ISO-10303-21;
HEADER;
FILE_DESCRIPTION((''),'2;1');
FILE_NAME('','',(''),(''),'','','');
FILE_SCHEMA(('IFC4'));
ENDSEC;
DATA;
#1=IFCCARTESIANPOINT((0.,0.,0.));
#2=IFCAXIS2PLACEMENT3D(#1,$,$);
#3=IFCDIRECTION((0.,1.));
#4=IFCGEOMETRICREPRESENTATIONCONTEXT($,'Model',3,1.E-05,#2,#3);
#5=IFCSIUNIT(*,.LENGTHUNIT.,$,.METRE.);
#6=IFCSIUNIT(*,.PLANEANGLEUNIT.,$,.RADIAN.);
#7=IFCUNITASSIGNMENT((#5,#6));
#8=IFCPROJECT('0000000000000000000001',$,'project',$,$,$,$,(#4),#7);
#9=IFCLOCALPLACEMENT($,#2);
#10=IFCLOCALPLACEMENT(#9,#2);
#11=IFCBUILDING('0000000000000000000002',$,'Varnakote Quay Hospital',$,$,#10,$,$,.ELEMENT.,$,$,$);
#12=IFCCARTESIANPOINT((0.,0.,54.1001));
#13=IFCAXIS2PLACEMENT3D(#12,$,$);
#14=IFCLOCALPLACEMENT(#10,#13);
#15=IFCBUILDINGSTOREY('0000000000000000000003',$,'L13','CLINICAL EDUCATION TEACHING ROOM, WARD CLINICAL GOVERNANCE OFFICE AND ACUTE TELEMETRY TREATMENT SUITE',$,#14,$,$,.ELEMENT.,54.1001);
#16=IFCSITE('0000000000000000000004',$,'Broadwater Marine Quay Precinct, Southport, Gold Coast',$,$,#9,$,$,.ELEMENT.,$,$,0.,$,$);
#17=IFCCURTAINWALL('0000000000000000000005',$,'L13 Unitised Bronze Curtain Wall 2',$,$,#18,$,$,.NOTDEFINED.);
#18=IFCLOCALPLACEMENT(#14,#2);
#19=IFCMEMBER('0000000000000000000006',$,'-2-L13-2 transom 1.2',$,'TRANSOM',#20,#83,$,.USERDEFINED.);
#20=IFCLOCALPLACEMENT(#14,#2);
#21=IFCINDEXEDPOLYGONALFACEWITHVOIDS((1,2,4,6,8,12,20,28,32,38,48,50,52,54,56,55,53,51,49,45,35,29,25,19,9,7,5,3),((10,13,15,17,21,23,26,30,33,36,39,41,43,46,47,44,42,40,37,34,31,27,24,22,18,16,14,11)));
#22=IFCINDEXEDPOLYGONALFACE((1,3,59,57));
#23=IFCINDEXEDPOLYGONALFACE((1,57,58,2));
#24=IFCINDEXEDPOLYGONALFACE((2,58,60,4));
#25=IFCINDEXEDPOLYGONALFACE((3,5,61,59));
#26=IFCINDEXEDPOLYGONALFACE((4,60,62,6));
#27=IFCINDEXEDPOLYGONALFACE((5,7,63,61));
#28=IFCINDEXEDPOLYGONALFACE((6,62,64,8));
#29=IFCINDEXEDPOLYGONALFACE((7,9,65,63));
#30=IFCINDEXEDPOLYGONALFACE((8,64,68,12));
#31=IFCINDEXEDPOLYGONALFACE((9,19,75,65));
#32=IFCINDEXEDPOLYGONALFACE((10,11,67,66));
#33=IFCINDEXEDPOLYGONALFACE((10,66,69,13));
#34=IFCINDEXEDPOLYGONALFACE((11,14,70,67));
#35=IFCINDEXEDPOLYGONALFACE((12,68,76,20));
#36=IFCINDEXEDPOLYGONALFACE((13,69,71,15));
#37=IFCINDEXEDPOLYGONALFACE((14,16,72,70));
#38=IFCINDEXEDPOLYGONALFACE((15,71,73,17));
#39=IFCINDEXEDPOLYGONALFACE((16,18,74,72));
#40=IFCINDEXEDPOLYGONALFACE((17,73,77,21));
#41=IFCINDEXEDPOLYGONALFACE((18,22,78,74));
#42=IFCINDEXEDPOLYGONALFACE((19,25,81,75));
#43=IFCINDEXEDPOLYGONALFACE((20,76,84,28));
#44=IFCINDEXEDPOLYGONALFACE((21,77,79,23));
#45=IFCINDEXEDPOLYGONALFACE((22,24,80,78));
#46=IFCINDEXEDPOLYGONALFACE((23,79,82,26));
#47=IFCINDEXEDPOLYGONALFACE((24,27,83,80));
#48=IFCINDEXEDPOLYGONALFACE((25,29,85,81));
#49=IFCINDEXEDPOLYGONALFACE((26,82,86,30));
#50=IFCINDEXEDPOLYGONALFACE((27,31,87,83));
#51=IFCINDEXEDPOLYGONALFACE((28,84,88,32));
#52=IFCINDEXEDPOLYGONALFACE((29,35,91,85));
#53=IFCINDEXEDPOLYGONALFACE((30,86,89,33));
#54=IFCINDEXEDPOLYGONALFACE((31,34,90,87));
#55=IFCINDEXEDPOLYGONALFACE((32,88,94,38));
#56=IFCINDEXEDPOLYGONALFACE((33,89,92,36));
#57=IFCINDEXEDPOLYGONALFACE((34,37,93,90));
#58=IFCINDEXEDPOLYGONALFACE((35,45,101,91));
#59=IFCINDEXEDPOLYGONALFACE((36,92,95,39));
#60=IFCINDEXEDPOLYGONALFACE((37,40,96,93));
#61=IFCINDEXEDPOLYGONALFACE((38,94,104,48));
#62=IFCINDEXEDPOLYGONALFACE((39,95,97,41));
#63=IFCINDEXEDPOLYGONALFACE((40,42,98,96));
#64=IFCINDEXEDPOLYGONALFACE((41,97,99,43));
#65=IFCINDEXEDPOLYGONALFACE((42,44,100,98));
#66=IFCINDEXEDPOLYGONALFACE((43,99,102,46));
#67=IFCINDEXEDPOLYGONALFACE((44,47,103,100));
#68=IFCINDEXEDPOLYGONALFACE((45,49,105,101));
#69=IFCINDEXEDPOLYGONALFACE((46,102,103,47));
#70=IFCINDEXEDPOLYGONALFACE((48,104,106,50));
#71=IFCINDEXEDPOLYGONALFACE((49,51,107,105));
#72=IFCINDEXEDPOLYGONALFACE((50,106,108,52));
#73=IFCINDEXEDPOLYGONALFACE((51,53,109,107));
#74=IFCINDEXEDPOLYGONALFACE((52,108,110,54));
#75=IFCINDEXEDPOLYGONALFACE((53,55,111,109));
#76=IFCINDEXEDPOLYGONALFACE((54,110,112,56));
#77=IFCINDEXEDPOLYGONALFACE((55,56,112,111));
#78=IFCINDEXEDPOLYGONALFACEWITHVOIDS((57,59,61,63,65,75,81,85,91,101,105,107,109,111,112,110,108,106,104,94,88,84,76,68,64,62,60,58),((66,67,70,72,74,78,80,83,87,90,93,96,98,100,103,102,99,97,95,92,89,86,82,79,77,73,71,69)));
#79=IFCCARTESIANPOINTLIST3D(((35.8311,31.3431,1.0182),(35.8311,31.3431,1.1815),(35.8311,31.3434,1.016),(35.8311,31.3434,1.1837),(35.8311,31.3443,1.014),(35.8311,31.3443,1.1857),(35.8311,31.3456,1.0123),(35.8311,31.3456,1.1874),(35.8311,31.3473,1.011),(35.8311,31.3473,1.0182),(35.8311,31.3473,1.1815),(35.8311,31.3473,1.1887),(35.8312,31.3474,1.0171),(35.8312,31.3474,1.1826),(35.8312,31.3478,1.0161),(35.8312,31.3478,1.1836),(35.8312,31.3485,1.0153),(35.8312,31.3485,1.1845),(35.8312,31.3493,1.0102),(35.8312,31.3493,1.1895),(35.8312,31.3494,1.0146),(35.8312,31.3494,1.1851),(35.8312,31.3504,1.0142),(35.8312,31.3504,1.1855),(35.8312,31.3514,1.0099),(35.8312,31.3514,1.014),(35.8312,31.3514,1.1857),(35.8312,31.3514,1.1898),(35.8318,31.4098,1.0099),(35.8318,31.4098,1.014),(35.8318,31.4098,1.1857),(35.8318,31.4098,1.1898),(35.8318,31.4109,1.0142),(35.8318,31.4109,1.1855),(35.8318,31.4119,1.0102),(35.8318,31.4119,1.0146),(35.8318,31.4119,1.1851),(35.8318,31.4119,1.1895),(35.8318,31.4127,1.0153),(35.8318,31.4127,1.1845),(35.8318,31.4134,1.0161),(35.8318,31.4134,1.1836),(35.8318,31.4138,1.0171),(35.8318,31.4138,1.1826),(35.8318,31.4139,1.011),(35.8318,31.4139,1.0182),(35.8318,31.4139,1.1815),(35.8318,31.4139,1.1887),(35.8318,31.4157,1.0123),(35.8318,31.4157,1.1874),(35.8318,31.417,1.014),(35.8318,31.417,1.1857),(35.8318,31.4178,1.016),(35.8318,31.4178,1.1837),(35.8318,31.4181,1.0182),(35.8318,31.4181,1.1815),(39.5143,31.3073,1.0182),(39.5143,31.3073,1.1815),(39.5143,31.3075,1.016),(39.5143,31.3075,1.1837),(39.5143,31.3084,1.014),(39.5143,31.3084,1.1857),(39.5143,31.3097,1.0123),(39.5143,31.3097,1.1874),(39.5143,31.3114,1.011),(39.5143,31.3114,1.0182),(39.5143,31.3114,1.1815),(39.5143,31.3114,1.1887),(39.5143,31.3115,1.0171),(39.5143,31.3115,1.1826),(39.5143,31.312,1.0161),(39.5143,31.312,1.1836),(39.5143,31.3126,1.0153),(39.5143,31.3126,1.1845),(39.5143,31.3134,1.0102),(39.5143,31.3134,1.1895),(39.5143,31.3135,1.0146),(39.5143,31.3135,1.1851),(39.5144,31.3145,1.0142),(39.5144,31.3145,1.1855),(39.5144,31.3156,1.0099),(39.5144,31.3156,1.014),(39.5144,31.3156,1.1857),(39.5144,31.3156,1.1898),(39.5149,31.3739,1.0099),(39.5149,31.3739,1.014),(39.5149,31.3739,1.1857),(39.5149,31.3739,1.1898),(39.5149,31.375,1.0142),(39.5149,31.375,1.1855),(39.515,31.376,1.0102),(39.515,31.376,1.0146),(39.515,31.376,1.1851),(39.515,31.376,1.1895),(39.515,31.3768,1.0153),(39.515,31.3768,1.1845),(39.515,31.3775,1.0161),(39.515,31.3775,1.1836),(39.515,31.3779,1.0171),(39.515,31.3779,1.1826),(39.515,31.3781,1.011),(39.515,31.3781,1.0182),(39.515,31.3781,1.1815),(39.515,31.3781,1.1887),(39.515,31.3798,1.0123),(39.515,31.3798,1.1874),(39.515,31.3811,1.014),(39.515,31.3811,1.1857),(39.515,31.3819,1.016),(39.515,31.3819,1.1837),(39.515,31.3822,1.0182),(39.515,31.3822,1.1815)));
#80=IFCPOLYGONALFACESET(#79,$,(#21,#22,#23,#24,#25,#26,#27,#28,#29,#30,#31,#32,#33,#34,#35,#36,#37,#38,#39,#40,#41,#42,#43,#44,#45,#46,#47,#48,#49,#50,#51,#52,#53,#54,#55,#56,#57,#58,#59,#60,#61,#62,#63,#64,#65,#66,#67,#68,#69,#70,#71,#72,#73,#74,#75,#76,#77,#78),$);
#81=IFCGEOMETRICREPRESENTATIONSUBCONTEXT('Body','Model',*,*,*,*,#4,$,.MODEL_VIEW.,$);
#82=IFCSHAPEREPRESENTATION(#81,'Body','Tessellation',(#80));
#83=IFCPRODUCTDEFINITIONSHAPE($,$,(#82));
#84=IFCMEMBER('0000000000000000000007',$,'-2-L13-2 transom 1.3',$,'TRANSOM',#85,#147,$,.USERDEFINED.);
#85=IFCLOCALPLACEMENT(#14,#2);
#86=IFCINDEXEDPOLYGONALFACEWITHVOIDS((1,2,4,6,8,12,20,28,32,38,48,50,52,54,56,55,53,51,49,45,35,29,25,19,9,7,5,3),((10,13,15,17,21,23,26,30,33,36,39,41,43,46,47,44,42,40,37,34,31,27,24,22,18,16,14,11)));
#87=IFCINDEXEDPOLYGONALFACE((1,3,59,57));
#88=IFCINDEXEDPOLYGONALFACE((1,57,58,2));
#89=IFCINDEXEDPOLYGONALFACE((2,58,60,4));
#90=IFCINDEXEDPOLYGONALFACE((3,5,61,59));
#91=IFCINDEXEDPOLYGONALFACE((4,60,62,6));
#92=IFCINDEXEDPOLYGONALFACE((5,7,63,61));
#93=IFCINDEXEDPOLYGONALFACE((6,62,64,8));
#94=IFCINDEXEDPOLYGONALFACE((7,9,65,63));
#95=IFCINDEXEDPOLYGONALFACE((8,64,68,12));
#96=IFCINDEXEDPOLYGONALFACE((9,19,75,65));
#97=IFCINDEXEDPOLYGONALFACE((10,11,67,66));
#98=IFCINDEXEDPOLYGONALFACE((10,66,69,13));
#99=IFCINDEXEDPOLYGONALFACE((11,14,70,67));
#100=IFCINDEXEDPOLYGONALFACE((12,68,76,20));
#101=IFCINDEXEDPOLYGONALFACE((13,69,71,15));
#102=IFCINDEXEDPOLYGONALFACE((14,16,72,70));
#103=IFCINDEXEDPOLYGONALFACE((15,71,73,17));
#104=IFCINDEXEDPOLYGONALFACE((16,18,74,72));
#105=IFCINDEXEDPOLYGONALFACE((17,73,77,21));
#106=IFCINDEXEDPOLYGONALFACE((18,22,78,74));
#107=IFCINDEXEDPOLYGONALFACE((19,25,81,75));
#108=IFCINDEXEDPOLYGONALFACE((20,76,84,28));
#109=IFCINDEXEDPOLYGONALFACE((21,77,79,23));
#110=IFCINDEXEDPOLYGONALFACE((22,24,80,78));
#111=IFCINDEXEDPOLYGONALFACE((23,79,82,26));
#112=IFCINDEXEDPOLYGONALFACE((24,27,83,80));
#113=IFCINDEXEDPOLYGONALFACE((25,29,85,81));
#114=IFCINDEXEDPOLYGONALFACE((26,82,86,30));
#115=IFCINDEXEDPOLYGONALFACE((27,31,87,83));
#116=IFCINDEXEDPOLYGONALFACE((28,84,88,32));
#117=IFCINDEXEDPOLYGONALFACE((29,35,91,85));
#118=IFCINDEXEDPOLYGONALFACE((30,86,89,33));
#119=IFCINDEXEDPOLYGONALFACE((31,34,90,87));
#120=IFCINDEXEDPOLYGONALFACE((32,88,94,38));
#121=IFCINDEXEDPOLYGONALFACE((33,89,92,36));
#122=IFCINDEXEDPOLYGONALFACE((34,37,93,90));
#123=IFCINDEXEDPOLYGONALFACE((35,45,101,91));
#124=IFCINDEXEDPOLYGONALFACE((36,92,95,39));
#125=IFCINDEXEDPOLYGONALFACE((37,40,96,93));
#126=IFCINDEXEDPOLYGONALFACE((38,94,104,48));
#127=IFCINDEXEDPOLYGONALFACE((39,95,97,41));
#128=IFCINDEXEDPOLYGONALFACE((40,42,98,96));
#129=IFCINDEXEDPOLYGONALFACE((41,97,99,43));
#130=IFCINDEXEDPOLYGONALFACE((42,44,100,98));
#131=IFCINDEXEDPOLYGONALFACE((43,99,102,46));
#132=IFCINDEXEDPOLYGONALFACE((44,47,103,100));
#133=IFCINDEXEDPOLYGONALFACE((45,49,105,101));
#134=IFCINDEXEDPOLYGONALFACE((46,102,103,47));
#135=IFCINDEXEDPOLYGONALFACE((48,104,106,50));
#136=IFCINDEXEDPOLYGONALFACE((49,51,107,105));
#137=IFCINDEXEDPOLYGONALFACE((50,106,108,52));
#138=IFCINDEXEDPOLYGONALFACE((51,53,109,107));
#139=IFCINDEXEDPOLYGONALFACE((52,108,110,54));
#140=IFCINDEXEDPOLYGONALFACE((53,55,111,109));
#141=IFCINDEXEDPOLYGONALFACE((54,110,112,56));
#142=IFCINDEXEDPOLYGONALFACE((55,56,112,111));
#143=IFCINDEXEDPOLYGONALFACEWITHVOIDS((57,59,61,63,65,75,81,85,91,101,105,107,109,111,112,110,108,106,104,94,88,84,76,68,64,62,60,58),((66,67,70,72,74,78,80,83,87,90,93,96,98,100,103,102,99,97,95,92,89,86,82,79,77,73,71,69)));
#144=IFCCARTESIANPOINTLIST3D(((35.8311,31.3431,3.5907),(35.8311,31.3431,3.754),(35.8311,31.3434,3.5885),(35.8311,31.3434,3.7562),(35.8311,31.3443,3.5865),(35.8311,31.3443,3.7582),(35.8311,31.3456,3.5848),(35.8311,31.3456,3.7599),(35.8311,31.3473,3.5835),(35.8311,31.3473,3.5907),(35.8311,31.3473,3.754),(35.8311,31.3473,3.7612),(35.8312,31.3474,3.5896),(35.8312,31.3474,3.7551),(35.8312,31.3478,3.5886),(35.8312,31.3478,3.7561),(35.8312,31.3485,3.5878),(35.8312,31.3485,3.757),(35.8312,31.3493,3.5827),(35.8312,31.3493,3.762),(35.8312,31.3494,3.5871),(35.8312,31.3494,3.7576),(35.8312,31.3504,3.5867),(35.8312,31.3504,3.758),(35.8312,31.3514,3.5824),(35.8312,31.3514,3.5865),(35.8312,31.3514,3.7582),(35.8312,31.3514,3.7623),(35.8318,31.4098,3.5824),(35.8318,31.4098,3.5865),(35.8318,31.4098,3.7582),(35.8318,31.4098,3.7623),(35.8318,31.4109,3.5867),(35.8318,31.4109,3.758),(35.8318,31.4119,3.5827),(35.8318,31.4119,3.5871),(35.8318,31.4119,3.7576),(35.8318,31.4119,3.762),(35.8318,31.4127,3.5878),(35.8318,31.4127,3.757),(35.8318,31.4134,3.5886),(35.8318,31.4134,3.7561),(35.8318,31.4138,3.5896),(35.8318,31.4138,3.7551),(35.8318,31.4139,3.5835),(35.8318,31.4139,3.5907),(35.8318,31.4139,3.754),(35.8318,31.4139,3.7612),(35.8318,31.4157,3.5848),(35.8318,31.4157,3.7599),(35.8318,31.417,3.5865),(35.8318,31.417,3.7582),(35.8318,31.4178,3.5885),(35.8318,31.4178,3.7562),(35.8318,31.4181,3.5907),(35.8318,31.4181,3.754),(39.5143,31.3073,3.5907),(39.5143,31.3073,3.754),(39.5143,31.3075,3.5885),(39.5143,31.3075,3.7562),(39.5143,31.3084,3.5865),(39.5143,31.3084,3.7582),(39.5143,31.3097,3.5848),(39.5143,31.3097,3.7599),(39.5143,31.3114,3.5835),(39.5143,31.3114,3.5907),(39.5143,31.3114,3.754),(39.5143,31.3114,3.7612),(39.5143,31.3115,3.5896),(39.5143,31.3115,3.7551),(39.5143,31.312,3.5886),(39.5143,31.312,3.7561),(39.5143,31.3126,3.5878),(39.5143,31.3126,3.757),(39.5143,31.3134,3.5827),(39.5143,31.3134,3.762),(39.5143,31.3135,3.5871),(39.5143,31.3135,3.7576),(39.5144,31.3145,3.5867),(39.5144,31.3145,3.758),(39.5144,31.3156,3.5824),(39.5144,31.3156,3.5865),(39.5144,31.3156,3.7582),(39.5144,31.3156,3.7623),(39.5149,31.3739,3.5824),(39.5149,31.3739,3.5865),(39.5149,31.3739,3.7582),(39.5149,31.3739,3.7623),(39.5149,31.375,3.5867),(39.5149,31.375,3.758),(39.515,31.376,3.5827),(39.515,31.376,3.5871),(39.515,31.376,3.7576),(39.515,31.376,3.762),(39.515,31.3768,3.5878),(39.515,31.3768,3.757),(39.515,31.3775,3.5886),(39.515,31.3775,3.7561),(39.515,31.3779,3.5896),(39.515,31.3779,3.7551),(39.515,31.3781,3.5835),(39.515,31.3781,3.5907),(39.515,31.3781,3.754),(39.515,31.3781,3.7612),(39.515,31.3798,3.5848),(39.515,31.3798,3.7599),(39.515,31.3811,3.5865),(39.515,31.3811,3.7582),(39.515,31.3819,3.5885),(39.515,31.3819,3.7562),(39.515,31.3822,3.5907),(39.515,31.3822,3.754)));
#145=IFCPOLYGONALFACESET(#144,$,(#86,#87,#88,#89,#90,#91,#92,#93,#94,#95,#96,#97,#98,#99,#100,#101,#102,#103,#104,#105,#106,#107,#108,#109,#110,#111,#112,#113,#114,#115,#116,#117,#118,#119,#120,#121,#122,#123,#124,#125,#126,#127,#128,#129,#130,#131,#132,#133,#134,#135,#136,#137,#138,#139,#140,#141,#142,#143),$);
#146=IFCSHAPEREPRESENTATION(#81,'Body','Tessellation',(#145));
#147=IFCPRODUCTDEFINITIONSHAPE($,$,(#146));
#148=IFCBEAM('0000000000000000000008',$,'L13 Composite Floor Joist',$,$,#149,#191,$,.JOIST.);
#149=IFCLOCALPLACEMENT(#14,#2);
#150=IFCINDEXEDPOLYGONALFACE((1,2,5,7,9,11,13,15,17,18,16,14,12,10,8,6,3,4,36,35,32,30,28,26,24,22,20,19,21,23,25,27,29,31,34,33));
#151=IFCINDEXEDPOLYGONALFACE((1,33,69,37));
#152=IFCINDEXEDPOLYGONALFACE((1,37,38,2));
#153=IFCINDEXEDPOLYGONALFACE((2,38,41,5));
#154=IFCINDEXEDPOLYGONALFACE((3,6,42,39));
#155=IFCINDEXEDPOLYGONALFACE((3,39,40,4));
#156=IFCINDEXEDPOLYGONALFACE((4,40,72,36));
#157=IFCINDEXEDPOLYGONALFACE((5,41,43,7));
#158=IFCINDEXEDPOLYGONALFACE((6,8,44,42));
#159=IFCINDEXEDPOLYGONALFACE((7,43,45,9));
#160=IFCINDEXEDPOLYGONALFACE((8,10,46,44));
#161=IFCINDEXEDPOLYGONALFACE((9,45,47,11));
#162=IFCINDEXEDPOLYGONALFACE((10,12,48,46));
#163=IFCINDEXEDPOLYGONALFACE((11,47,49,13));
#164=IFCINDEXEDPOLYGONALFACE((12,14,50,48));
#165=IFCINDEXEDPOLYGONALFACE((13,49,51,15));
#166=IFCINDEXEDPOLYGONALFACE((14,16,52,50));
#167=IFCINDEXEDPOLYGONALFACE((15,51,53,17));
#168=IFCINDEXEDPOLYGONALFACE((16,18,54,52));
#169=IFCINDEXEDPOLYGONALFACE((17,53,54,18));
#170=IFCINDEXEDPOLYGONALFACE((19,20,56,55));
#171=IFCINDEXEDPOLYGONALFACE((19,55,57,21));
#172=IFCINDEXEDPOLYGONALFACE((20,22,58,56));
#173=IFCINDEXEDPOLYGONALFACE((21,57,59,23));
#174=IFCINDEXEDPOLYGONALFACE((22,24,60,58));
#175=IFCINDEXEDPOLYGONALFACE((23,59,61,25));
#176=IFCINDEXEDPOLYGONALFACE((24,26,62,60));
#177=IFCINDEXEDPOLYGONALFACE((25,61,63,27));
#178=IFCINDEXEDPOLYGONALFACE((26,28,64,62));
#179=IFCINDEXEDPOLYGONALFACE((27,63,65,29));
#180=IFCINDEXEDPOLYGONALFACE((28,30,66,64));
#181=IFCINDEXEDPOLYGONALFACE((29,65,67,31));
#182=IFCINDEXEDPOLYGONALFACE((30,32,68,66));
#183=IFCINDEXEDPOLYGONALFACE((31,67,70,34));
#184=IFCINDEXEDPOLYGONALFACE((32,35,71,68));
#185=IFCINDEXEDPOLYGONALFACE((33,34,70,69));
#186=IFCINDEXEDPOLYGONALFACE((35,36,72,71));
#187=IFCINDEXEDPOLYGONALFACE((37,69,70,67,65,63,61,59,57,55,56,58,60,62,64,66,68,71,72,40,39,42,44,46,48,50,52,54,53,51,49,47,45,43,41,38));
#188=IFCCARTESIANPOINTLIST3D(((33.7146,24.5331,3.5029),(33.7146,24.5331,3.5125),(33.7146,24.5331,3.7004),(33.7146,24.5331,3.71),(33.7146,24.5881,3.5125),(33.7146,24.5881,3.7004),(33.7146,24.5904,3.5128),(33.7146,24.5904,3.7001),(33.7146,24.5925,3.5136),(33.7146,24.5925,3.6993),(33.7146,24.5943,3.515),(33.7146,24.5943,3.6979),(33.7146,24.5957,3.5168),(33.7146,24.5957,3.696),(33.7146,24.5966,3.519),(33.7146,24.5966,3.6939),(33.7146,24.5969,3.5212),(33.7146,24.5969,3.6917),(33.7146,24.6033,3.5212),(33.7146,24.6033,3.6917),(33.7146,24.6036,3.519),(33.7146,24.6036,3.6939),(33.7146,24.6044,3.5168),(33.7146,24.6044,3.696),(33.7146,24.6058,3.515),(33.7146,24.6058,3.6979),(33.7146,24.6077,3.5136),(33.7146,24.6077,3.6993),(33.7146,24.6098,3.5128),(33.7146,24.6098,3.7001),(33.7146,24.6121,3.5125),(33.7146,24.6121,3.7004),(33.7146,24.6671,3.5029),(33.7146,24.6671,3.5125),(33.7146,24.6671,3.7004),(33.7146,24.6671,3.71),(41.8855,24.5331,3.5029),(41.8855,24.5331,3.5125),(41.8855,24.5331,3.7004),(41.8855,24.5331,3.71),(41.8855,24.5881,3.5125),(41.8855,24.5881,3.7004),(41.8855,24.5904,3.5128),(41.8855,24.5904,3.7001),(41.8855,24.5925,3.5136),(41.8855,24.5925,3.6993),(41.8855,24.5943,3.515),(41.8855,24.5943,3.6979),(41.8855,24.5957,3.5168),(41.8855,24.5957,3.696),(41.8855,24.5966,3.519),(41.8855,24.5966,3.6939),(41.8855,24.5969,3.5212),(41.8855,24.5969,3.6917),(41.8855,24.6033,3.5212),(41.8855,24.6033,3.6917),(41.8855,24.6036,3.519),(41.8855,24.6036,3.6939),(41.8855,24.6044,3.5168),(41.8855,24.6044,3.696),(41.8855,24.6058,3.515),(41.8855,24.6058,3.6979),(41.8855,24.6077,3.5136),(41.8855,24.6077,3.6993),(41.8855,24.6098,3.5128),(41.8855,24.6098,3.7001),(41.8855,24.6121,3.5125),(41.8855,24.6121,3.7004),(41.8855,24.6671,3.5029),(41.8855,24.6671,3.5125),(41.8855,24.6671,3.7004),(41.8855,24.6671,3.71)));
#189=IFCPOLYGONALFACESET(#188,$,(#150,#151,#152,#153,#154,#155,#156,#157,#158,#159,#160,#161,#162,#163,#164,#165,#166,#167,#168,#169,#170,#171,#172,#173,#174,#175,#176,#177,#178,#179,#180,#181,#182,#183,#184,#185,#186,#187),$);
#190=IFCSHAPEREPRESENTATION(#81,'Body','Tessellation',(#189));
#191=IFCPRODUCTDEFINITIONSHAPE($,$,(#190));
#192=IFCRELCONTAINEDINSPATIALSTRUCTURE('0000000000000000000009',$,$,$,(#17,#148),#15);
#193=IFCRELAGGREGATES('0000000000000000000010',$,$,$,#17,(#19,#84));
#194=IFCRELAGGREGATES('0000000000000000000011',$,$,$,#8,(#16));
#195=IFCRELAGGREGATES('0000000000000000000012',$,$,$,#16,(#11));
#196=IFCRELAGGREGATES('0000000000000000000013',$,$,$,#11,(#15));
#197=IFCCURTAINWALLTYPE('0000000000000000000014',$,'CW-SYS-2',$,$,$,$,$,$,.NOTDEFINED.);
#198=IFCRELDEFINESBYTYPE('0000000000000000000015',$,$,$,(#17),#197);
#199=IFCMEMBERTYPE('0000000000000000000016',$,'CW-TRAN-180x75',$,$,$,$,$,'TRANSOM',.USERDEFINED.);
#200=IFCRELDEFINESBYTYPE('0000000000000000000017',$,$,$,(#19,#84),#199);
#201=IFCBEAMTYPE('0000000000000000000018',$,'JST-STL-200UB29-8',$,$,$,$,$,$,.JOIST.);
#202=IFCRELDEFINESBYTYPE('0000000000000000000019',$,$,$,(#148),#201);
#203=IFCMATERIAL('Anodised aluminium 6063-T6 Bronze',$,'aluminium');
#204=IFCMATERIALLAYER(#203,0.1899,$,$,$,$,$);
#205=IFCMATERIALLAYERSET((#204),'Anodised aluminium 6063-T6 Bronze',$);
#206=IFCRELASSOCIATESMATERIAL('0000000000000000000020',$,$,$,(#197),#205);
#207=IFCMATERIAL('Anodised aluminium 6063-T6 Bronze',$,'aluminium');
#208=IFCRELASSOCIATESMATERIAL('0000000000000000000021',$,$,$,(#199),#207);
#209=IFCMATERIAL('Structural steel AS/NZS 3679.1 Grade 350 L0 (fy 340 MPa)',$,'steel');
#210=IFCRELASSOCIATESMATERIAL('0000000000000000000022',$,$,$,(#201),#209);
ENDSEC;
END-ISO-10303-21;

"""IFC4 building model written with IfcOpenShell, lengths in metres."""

from ifc_helpers import new_model, si_unit, direction, frame, origin, origin_2d, place, context, subcontext, project, spatial, hollow_rectangle, i_section, extrude, material, layer, layer_set, material_profile, profile_set, type_object, element, aggregate, save


model = new_model("IFC4")

# Units and contexts
model_context = context("Model", 3, precision=1e-05, world=origin(), true_north=direction((0.0, 1.0)))
body_context = subcontext(model_context, "Body", "Model", "MODEL_VIEW")
ifc_project = project(units=[si_unit("LENGTHUNIT", "METRE"), si_unit("PLANEANGLEUNIT", "RADIAN")], contexts=[model_context])

# Site, building, storey
site_placement = place(None, origin())
site = spatial("IfcSite", under=ifc_project, at=site_placement, Name="Broadwater Marine Quay Precinct, Southport, Gold Coast", CompositionType="ELEMENT", RefElevation=0.0)
building_placement = place(site_placement, origin())
building = spatial("IfcBuilding", under=site, at=building_placement, Name="Varnakote Quay Hospital", CompositionType="ELEMENT")
storey_placement = place(building_placement, frame((0.0, 0.0, 54.1001)))
storey = spatial("IfcBuildingStorey", under=building, at=storey_placement, Name="L13", Description="CLINICAL EDUCATION TEACHING ROOM, WARD CLINICAL GOVERNANCE OFFICE AND ACUTE TELEMETRY TREATMENT SUITE", CompositionType="ELEMENT", Elevation=54.1001)

# Curtain wall, members
ifc_material_1 = material(Name="Anodised aluminium 6063-T6 Bronze", Category="aluminium")
ifc_layer_1 = layer(ifc_material_1, 0.1899)
ifc_layer_set_1 = layer_set([ifc_layer_1], Name="Anodised aluminium 6063-T6 Bronze")
curtain_wall_type = type_object("IfcCurtainWallType", Name="CW-SYS-2", PredefinedType="NOTDEFINED", material=ifc_layer_set_1)
curtain_wall_placement = place(storey_placement, origin())
curtain_wall = element("IfcCurtainWall", 1, at=curtain_wall_placement, inside=storey, type_object=curtain_wall_type, Name="L13 Unitised Bronze Curtain Wall 2", PredefinedType="NOTDEFINED")
ifc_material_2 = material(Name="Anodised aluminium 6063-T6 Bronze", Category="aluminium")
ifc_material_profile_1 = material_profile(ifc_material_2, hollow_rectangle(XDim=0.075, YDim=0.1799, WallThickness=0.0042, InnerFilletRadius=0.0042, OuterFilletRadius=0.0083, at=origin_2d()), Name="CW-TRAN-180x75")
ifc_profile_set_1 = profile_set([ifc_material_profile_1], Name="Anodised aluminium 6063-T6 Bronze")
member_type_1 = type_object("IfcMemberType", Name="CW-TRAN-180x75", ElementType="TRANSOM", PredefinedType="USERDEFINED", material=ifc_profile_set_1)
member_1_placement = place(storey_placement, frame((39.5146, 31.3447, 1.0999), z_axis=(-0.999953, 0.009744, 0.0), x_axis=(-0.009744, -0.999953, 0.0)))
member_1 = element("IfcMember", 2, at=member_1_placement, type_object=member_type_1, Name="-2-L13-2 transom 1.2", ObjectType="TRANSOM", PredefinedType="USERDEFINED", context=body_context, shape_type="SweptSolid", body=[
    extrude(hollow_rectangle(XDim=0.075, YDim=0.1799, WallThickness=0.0042, InnerFilletRadius=0.0042, OuterFilletRadius=0.0083, at=origin_2d()), origin(), (0.0, 0.0, 1.0), 3.6833),
])
member_2_placement = place(storey_placement, frame((39.5146, 31.3447, 3.6724), z_axis=(-0.999953, 0.009744, 0.0), x_axis=(-0.009744, -0.999953, 0.0)))
member_2 = element("IfcMember", 3, at=member_2_placement, type_object=member_type_1, Name="-2-L13-2 transom 1.3", ObjectType="TRANSOM", PredefinedType="USERDEFINED", context=body_context, shape_type="SweptSolid", body=[
    extrude(hollow_rectangle(XDim=0.075, YDim=0.1799, WallThickness=0.0042, InnerFilletRadius=0.0042, OuterFilletRadius=0.0083, at=origin_2d()), origin(), (0.0, 0.0, 1.0), 3.6833),
])
aggregate(curtain_wall, [member_1, member_2])

# Beam
ifc_material_3 = material(Name="Structural steel AS/NZS 3679.1 Grade 350 L0 (fy 340 MPa)", Category="steel")
ifc_material_profile_2 = material_profile(ifc_material_3, i_section(OverallWidth=0.134, OverallDepth=0.207, WebThickness=0.0063, FlangeThickness=0.0095, FilletRadius=0.0088, at=origin_2d()), Name="200UB29.8")
ifc_profile_set_2 = profile_set([ifc_material_profile_2], Name="Structural steel AS/NZS 3679.1 Grade 350 L0 (fy 340 MPa)")
beam_type_1 = type_object("IfcBeamType", Name="JST-STL-200UB29-8", PredefinedType="JOIST", material=ifc_profile_set_2)
for number, where, z_axis, x_axis, name in (
    (4, (33.7146, 24.6001, 3.6064), (1.0, 0.0, 0.0), (0.0, 1.0, 0.0), "L13 Composite Floor Joist"),
):
    element("IfcBeam", number, at=place(storey_placement, frame(where, z_axis=z_axis, x_axis=x_axis)), inside=storey, type_object=beam_type_1, Name=name, PredefinedType="JOIST", context=body_context, shape_type="SweptSolid", body=[
        extrude(i_section(OverallWidth=0.134, OverallDepth=0.207, WebThickness=0.0063, FlangeThickness=0.0095, FilletRadius=0.0088, at=origin_2d()), origin(), (0.0, 0.0, 1.0), 8.1709),
    ])

save(model, "model.ifc")
